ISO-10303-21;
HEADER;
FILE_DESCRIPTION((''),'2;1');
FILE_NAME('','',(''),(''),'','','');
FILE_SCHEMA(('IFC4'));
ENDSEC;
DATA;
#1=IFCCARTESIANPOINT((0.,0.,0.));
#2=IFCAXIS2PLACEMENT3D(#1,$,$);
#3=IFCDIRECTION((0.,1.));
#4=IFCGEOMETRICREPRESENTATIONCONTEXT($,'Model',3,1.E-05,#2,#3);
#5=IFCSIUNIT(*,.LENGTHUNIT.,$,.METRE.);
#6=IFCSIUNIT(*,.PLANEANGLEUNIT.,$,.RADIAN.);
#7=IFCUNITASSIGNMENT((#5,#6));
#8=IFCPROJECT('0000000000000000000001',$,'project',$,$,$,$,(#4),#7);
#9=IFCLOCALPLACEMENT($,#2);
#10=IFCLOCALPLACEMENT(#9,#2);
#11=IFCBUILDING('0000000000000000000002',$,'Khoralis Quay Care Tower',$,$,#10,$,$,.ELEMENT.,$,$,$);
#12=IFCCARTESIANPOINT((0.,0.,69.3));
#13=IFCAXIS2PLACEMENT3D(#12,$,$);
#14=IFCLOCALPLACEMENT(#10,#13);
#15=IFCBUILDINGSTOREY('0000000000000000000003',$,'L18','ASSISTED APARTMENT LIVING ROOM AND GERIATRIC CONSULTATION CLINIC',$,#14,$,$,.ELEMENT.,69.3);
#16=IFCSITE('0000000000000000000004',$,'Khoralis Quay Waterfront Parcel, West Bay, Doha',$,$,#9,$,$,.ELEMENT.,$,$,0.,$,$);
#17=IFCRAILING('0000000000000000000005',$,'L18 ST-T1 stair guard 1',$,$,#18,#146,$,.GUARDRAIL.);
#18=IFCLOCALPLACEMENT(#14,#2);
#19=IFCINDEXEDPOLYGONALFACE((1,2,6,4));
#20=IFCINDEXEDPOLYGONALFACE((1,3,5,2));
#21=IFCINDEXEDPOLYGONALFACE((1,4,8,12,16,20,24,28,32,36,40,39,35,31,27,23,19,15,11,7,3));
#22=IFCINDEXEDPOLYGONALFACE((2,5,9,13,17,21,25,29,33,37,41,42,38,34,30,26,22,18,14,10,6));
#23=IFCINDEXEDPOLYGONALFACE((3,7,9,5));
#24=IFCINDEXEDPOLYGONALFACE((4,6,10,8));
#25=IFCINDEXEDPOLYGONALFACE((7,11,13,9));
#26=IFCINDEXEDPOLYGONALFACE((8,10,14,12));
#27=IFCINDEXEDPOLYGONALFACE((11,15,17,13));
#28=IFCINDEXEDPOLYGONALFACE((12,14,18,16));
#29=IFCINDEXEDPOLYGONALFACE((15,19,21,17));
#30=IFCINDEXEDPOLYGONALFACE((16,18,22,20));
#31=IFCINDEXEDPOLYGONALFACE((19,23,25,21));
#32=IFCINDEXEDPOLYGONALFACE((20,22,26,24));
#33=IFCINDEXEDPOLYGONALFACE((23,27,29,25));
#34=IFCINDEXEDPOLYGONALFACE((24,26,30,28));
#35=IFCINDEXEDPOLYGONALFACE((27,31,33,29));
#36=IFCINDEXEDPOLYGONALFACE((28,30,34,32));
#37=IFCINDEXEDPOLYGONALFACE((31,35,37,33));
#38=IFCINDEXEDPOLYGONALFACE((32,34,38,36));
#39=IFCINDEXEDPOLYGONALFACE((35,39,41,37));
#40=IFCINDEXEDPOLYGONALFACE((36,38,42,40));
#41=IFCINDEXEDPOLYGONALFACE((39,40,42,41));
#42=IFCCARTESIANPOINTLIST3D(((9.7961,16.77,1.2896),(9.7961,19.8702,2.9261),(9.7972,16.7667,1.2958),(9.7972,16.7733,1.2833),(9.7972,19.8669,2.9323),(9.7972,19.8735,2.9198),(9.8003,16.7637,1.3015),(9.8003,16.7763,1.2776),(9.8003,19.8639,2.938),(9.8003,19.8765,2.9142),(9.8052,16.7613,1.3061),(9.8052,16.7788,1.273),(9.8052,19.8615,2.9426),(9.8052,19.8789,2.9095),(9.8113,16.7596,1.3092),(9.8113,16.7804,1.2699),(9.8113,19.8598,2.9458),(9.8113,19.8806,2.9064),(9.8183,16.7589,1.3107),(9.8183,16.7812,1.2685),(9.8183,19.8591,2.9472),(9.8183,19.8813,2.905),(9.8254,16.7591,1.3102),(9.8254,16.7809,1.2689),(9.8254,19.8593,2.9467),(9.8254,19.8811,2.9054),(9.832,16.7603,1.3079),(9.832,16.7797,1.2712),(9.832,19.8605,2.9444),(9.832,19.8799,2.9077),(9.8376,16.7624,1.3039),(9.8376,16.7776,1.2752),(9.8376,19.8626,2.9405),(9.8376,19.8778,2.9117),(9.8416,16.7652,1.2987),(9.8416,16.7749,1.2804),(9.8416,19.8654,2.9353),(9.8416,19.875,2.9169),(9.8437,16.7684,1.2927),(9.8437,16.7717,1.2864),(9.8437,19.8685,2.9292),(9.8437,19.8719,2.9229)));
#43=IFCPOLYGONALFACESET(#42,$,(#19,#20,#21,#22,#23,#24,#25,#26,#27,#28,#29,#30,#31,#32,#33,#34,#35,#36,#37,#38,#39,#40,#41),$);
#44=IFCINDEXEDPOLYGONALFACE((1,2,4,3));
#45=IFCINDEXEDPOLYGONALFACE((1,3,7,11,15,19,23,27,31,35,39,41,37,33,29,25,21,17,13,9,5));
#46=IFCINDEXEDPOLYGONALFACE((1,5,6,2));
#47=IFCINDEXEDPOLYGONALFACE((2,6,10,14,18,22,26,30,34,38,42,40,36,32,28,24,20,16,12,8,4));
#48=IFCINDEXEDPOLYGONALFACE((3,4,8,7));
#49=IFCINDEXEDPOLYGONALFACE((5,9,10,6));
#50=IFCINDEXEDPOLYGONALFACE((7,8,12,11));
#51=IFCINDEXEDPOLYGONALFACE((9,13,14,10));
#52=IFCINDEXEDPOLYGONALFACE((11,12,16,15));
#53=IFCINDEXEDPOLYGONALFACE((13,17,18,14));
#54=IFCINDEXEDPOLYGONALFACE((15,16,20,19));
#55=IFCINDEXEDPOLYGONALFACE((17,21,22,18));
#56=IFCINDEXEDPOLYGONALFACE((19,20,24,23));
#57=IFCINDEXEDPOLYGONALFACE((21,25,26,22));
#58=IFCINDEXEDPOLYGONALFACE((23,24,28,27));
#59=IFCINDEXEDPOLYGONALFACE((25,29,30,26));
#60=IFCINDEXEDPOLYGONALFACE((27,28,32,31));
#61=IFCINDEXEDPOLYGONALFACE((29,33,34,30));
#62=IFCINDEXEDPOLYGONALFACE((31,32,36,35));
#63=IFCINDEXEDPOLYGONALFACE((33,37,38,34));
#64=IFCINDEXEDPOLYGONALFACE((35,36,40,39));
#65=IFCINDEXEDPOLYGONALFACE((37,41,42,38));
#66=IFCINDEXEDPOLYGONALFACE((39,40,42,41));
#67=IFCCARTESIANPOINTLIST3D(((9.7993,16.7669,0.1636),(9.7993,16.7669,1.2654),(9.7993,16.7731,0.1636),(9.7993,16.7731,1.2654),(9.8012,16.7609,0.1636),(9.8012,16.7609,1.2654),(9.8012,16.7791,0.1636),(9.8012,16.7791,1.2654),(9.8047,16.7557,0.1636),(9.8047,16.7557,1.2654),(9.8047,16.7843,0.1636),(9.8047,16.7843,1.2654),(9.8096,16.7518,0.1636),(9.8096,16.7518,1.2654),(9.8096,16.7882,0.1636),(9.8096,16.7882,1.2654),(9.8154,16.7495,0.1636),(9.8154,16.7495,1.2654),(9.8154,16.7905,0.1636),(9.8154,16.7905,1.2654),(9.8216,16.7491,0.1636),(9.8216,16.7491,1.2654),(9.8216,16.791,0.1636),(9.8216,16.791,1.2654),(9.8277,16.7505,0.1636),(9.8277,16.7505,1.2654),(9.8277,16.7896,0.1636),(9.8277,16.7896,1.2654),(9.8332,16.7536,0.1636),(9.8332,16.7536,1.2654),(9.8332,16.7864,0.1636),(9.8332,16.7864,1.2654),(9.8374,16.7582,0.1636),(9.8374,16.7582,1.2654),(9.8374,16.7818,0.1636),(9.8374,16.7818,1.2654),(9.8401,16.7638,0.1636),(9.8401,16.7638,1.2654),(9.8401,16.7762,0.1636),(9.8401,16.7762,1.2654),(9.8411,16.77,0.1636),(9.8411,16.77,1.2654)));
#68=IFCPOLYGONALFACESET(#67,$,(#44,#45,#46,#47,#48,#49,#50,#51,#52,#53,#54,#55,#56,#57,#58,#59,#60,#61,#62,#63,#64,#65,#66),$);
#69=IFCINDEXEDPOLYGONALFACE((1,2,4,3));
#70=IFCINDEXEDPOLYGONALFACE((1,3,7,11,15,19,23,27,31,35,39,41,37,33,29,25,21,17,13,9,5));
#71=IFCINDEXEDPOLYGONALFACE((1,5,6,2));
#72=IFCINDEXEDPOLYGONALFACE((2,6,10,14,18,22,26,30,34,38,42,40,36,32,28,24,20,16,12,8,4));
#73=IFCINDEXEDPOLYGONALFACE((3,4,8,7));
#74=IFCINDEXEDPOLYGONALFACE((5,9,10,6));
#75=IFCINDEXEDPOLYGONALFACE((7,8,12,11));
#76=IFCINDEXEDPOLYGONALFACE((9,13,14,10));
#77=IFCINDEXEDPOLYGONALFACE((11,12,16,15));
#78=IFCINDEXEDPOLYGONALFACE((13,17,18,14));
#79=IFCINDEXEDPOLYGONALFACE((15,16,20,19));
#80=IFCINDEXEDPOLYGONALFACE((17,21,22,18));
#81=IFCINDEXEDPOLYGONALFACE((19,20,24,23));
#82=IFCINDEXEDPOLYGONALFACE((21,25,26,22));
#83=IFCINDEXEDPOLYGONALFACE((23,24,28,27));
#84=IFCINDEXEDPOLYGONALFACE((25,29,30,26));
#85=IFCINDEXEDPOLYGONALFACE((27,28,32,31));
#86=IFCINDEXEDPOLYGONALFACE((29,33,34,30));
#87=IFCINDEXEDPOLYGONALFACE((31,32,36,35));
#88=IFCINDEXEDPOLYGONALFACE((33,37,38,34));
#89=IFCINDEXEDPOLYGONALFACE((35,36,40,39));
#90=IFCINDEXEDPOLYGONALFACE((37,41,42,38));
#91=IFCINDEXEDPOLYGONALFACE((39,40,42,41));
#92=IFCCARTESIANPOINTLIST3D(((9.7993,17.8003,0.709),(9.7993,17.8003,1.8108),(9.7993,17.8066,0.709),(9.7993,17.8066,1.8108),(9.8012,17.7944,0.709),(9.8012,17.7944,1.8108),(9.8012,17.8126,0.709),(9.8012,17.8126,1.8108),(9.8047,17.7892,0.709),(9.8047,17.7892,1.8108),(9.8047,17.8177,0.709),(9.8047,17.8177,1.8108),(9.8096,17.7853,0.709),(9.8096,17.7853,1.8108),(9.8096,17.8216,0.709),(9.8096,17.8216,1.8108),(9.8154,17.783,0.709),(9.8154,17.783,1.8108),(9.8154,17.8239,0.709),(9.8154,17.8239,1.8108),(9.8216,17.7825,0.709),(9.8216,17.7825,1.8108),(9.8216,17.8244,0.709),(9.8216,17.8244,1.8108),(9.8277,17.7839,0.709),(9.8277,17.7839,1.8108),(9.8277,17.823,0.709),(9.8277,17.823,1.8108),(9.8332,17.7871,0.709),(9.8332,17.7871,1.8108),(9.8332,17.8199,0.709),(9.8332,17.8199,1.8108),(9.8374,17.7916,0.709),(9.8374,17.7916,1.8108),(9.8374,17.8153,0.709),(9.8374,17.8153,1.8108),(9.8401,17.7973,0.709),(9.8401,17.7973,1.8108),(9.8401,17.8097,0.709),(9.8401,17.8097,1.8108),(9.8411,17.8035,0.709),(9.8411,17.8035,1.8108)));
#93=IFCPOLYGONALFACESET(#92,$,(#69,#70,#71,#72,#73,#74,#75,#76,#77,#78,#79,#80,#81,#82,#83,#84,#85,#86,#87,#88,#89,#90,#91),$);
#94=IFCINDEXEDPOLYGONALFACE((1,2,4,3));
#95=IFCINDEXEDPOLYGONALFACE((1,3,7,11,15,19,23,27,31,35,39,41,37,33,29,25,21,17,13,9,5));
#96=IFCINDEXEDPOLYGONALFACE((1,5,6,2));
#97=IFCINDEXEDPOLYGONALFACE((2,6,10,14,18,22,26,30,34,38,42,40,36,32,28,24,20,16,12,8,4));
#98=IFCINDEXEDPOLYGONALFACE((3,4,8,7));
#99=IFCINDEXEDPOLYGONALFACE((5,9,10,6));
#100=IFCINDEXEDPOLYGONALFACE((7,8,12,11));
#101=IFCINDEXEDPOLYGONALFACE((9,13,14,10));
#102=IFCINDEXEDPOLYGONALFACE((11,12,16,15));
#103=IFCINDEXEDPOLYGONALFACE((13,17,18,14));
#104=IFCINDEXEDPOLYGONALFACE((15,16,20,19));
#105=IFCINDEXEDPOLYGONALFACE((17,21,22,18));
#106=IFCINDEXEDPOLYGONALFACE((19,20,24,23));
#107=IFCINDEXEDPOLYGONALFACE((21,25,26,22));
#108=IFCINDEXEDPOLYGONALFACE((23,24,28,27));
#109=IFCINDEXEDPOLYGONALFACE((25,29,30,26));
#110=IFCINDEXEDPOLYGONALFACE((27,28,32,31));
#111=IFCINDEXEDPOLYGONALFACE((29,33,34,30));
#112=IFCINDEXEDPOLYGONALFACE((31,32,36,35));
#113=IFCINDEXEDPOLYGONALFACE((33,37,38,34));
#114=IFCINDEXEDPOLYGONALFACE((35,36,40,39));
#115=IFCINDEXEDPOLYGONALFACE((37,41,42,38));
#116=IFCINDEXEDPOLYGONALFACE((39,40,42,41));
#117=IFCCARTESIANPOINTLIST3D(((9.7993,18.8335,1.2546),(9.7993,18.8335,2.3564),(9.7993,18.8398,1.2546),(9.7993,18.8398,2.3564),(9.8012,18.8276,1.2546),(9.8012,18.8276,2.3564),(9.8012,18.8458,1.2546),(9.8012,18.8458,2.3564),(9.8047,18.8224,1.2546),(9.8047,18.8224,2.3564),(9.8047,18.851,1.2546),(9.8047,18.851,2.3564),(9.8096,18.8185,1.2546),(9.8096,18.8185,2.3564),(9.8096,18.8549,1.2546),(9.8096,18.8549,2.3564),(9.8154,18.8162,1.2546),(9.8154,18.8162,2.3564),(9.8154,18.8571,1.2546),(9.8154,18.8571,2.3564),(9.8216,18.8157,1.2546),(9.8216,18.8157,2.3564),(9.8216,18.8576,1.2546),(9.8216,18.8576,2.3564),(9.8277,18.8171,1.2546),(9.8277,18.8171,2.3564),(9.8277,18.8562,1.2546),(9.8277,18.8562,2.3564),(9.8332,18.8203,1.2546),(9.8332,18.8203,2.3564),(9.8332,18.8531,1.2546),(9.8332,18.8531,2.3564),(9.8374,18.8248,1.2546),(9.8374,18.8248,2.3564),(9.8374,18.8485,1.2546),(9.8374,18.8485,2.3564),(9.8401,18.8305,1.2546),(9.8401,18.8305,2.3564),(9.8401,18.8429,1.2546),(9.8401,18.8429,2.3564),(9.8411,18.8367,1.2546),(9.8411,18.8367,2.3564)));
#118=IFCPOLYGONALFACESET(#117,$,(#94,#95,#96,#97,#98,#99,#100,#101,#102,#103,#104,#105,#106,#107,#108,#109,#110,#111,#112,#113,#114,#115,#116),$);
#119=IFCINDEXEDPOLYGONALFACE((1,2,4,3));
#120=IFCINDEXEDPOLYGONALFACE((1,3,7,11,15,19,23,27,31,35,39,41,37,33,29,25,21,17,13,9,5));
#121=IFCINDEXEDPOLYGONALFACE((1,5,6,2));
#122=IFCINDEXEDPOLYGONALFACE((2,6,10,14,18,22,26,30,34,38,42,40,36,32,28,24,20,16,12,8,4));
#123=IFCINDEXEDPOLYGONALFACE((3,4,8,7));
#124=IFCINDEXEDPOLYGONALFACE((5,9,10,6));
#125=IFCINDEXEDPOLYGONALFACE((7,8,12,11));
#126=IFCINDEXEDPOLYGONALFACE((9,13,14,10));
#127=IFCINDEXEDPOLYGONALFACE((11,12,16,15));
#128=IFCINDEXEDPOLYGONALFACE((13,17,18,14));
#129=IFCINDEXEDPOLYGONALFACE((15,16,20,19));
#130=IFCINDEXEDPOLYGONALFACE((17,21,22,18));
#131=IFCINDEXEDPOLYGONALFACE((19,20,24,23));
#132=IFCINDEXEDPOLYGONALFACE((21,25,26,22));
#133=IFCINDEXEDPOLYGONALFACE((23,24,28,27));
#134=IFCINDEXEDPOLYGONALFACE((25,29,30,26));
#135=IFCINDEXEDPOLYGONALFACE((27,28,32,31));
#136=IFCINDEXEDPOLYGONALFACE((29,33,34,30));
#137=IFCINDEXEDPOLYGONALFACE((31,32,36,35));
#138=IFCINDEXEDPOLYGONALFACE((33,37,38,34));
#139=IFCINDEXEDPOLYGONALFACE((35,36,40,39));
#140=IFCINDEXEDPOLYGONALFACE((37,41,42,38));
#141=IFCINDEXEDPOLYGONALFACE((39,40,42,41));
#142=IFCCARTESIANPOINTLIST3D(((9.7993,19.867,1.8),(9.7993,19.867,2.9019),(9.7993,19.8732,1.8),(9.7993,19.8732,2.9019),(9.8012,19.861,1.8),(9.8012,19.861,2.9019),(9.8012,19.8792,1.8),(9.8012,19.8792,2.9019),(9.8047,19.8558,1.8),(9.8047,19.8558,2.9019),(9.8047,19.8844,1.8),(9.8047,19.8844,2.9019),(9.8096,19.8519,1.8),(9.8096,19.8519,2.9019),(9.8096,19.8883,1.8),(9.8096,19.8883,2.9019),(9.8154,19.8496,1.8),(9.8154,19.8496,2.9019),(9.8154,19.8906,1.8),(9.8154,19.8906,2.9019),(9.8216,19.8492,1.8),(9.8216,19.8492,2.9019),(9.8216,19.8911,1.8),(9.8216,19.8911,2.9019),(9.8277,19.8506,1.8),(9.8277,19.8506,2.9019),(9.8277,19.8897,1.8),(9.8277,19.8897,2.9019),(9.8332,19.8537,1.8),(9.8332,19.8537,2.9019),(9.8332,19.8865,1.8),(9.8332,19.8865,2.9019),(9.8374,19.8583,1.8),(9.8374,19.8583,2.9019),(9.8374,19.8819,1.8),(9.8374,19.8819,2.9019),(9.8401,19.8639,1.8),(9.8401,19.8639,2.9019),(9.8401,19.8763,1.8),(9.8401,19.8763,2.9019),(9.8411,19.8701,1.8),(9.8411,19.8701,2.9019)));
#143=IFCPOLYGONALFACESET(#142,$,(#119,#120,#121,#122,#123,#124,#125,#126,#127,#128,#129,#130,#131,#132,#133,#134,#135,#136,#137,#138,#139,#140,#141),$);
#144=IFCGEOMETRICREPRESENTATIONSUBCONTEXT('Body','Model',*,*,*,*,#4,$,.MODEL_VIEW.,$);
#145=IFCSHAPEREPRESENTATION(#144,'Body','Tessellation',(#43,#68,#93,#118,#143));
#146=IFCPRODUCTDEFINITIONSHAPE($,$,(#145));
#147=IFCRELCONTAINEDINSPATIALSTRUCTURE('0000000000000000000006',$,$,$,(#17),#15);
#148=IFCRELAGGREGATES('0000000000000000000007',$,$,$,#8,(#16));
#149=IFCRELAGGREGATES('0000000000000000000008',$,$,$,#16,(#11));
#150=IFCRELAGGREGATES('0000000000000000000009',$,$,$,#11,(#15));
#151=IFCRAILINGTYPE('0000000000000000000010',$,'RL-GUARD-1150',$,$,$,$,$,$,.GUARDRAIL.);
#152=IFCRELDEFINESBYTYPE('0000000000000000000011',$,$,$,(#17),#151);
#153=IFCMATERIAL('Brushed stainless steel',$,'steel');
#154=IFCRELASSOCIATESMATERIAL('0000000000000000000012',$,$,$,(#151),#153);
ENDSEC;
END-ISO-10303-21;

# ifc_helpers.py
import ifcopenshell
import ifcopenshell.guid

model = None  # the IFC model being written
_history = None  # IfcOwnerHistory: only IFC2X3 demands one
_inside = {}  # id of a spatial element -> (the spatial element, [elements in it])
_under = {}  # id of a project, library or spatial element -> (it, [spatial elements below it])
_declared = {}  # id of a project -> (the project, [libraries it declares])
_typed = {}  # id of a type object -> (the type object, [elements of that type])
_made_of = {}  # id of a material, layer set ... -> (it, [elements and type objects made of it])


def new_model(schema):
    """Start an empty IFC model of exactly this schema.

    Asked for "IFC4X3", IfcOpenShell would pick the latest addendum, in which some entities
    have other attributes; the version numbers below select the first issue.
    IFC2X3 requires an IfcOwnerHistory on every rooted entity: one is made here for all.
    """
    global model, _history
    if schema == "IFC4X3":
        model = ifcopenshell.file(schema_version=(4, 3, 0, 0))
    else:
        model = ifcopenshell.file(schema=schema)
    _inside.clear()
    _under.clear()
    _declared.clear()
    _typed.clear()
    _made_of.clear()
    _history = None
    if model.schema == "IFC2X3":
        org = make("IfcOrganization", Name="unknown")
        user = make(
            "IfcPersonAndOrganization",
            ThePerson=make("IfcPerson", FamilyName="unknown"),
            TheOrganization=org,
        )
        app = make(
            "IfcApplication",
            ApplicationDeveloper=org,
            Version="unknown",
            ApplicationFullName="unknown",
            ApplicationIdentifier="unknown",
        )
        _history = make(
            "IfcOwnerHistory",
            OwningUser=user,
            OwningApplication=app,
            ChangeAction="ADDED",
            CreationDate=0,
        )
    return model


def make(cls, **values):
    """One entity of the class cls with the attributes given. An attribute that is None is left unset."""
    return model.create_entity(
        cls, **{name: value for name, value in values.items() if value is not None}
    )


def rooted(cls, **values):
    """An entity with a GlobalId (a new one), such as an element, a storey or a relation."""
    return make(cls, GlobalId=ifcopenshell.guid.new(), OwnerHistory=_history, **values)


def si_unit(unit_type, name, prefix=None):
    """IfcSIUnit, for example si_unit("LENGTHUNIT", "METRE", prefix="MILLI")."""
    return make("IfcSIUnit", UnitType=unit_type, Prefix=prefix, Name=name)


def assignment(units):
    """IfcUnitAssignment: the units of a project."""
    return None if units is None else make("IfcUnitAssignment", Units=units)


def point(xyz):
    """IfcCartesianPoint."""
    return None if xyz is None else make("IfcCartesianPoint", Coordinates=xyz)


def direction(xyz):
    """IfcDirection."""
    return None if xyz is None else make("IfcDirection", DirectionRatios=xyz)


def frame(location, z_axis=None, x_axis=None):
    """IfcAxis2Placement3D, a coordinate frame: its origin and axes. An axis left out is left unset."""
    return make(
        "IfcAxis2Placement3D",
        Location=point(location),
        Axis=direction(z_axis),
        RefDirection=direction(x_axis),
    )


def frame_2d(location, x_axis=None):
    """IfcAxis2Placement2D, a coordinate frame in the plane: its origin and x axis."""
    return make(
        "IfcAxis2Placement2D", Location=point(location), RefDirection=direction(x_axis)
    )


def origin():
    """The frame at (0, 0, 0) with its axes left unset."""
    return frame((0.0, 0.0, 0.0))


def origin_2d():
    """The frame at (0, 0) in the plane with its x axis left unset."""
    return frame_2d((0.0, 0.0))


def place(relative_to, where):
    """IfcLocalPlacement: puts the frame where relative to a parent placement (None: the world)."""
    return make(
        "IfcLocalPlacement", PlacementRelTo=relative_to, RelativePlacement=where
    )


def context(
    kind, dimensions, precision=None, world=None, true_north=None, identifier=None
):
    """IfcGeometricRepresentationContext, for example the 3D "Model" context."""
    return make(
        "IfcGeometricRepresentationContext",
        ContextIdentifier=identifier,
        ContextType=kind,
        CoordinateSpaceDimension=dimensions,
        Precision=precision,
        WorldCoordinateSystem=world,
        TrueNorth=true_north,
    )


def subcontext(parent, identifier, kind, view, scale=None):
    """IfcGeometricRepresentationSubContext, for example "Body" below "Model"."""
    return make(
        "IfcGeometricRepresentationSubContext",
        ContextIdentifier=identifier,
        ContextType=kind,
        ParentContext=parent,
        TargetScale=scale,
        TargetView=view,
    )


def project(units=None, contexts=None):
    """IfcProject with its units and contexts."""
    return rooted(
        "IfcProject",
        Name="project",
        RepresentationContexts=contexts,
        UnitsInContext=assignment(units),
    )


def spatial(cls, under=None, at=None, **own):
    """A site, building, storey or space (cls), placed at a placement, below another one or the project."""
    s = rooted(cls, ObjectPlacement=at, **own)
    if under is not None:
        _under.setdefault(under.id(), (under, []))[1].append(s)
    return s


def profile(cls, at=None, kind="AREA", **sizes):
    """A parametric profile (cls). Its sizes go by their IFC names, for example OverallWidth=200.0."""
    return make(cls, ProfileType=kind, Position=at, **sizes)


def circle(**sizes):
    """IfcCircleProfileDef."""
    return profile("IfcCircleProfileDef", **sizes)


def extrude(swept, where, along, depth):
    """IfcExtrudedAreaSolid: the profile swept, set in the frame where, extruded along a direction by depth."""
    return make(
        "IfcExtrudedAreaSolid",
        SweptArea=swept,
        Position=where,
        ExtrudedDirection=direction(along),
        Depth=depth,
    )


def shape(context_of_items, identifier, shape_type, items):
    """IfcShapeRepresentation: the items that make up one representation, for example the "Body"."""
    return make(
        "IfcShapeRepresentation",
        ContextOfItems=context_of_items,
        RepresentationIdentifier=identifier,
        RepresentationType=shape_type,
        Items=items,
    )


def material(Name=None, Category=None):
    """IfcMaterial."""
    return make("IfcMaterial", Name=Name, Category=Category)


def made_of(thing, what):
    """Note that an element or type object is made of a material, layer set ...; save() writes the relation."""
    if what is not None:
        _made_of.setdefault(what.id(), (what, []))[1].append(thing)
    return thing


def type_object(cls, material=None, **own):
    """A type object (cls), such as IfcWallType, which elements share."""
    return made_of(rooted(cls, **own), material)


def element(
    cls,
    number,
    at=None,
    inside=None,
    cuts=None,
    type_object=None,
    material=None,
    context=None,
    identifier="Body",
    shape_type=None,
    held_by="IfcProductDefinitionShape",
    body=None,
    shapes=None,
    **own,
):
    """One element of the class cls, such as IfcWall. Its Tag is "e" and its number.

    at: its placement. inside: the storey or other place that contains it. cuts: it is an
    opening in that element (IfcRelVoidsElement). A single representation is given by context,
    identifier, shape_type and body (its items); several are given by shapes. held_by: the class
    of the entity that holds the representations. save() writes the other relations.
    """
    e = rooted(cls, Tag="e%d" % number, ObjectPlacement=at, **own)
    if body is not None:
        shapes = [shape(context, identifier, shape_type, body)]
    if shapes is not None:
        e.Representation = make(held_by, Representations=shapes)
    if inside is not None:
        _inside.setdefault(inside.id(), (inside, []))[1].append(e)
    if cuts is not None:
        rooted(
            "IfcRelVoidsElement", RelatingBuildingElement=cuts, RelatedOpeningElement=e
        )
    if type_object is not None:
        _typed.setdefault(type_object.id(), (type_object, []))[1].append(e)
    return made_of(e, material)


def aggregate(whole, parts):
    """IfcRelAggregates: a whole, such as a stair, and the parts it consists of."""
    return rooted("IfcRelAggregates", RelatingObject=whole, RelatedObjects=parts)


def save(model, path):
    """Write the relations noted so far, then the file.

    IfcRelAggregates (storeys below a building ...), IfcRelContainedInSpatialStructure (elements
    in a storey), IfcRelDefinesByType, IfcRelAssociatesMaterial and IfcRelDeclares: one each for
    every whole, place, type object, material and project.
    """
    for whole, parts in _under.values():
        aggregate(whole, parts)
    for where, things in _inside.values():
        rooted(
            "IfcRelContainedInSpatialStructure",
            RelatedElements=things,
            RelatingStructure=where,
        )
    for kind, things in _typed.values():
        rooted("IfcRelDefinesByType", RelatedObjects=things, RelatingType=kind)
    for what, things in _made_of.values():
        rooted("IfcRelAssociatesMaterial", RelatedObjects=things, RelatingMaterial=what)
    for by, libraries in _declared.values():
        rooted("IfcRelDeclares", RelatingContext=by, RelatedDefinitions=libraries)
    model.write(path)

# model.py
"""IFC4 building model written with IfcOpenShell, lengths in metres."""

from ifc_helpers import new_model, si_unit, direction, frame, origin, origin_2d, place, context, subcontext, project, spatial, circle, extrude, material, type_object, element, save


model = new_model("IFC4")

# Units and contexts
model_context = context("Model", 3, precision=1e-05, world=origin(), true_north=direction((0.0, 1.0)))
body_context = subcontext(model_context, "Body", "Model", "MODEL_VIEW")
ifc_project = project(units=[si_unit("LENGTHUNIT", "METRE"), si_unit("PLANEANGLEUNIT", "RADIAN")], contexts=[model_context])

# Site, building, storey
site_placement = place(None, origin())
site = spatial("IfcSite", under=ifc_project, at=site_placement, Name="Khoralis Quay Waterfront Parcel, West Bay, Doha", CompositionType="ELEMENT", RefElevation=0.0)
building_placement = place(site_placement, origin())
building = spatial("IfcBuilding", under=site, at=building_placement, Name="Khoralis Quay Care Tower", CompositionType="ELEMENT")
storey_placement = place(building_placement, frame((0.0, 0.0, 69.3)))
storey = spatial("IfcBuildingStorey", under=building, at=storey_placement, Name="L18", Description="ASSISTED APARTMENT LIVING ROOM AND GERIATRIC CONSULTATION CLINIC", CompositionType="ELEMENT", Elevation=69.3)

# Railing
ifc_material_1 = material(Name="Brushed stainless steel", Category="steel")
railing_type_1 = type_object("IfcRailingType", Name="RL-GUARD-1150", PredefinedType="GUARDRAIL", material=ifc_material_1)
railing_1_placement = place(storey_placement, frame((9.8201, 16.77, 0.1636)))
element("IfcRailing", 1, at=railing_1_placement, inside=storey, type_object=railing_type_1, Name="L18 ST-T1 stair guard 1", PredefinedType="GUARDRAIL", context=body_context, shape_type="SweptSolid", body=[
    extrude(circle(Radius=0.0239, at=origin_2d()), frame((0.0, 0.0, 1.126), z_axis=(0.0, 0.884348, 0.466828), x_axis=(-1.0, 0.0, 0.0)), (0.0, 0.0, 1.0), 3.5056),
    extrude(circle(Radius=0.021, at=origin_2d()), origin(), (0.0, 0.0, 1.0), 1.1018),
    extrude(circle(Radius=0.021, at=origin_2d()), frame((0.0, 1.0334, 0.5454)), (0.0, 0.0, 1.0), 1.1018),
    extrude(circle(Radius=0.021, at=origin_2d()), frame((0.0, 2.0667, 1.0911)), (0.0, 0.0, 1.0), 1.1018),
    extrude(circle(Radius=0.021, at=origin_2d()), frame((0.0, 3.1001, 1.6365)), (0.0, 0.0, 1.0), 1.1018),
])

save(model, "model.ifc")
